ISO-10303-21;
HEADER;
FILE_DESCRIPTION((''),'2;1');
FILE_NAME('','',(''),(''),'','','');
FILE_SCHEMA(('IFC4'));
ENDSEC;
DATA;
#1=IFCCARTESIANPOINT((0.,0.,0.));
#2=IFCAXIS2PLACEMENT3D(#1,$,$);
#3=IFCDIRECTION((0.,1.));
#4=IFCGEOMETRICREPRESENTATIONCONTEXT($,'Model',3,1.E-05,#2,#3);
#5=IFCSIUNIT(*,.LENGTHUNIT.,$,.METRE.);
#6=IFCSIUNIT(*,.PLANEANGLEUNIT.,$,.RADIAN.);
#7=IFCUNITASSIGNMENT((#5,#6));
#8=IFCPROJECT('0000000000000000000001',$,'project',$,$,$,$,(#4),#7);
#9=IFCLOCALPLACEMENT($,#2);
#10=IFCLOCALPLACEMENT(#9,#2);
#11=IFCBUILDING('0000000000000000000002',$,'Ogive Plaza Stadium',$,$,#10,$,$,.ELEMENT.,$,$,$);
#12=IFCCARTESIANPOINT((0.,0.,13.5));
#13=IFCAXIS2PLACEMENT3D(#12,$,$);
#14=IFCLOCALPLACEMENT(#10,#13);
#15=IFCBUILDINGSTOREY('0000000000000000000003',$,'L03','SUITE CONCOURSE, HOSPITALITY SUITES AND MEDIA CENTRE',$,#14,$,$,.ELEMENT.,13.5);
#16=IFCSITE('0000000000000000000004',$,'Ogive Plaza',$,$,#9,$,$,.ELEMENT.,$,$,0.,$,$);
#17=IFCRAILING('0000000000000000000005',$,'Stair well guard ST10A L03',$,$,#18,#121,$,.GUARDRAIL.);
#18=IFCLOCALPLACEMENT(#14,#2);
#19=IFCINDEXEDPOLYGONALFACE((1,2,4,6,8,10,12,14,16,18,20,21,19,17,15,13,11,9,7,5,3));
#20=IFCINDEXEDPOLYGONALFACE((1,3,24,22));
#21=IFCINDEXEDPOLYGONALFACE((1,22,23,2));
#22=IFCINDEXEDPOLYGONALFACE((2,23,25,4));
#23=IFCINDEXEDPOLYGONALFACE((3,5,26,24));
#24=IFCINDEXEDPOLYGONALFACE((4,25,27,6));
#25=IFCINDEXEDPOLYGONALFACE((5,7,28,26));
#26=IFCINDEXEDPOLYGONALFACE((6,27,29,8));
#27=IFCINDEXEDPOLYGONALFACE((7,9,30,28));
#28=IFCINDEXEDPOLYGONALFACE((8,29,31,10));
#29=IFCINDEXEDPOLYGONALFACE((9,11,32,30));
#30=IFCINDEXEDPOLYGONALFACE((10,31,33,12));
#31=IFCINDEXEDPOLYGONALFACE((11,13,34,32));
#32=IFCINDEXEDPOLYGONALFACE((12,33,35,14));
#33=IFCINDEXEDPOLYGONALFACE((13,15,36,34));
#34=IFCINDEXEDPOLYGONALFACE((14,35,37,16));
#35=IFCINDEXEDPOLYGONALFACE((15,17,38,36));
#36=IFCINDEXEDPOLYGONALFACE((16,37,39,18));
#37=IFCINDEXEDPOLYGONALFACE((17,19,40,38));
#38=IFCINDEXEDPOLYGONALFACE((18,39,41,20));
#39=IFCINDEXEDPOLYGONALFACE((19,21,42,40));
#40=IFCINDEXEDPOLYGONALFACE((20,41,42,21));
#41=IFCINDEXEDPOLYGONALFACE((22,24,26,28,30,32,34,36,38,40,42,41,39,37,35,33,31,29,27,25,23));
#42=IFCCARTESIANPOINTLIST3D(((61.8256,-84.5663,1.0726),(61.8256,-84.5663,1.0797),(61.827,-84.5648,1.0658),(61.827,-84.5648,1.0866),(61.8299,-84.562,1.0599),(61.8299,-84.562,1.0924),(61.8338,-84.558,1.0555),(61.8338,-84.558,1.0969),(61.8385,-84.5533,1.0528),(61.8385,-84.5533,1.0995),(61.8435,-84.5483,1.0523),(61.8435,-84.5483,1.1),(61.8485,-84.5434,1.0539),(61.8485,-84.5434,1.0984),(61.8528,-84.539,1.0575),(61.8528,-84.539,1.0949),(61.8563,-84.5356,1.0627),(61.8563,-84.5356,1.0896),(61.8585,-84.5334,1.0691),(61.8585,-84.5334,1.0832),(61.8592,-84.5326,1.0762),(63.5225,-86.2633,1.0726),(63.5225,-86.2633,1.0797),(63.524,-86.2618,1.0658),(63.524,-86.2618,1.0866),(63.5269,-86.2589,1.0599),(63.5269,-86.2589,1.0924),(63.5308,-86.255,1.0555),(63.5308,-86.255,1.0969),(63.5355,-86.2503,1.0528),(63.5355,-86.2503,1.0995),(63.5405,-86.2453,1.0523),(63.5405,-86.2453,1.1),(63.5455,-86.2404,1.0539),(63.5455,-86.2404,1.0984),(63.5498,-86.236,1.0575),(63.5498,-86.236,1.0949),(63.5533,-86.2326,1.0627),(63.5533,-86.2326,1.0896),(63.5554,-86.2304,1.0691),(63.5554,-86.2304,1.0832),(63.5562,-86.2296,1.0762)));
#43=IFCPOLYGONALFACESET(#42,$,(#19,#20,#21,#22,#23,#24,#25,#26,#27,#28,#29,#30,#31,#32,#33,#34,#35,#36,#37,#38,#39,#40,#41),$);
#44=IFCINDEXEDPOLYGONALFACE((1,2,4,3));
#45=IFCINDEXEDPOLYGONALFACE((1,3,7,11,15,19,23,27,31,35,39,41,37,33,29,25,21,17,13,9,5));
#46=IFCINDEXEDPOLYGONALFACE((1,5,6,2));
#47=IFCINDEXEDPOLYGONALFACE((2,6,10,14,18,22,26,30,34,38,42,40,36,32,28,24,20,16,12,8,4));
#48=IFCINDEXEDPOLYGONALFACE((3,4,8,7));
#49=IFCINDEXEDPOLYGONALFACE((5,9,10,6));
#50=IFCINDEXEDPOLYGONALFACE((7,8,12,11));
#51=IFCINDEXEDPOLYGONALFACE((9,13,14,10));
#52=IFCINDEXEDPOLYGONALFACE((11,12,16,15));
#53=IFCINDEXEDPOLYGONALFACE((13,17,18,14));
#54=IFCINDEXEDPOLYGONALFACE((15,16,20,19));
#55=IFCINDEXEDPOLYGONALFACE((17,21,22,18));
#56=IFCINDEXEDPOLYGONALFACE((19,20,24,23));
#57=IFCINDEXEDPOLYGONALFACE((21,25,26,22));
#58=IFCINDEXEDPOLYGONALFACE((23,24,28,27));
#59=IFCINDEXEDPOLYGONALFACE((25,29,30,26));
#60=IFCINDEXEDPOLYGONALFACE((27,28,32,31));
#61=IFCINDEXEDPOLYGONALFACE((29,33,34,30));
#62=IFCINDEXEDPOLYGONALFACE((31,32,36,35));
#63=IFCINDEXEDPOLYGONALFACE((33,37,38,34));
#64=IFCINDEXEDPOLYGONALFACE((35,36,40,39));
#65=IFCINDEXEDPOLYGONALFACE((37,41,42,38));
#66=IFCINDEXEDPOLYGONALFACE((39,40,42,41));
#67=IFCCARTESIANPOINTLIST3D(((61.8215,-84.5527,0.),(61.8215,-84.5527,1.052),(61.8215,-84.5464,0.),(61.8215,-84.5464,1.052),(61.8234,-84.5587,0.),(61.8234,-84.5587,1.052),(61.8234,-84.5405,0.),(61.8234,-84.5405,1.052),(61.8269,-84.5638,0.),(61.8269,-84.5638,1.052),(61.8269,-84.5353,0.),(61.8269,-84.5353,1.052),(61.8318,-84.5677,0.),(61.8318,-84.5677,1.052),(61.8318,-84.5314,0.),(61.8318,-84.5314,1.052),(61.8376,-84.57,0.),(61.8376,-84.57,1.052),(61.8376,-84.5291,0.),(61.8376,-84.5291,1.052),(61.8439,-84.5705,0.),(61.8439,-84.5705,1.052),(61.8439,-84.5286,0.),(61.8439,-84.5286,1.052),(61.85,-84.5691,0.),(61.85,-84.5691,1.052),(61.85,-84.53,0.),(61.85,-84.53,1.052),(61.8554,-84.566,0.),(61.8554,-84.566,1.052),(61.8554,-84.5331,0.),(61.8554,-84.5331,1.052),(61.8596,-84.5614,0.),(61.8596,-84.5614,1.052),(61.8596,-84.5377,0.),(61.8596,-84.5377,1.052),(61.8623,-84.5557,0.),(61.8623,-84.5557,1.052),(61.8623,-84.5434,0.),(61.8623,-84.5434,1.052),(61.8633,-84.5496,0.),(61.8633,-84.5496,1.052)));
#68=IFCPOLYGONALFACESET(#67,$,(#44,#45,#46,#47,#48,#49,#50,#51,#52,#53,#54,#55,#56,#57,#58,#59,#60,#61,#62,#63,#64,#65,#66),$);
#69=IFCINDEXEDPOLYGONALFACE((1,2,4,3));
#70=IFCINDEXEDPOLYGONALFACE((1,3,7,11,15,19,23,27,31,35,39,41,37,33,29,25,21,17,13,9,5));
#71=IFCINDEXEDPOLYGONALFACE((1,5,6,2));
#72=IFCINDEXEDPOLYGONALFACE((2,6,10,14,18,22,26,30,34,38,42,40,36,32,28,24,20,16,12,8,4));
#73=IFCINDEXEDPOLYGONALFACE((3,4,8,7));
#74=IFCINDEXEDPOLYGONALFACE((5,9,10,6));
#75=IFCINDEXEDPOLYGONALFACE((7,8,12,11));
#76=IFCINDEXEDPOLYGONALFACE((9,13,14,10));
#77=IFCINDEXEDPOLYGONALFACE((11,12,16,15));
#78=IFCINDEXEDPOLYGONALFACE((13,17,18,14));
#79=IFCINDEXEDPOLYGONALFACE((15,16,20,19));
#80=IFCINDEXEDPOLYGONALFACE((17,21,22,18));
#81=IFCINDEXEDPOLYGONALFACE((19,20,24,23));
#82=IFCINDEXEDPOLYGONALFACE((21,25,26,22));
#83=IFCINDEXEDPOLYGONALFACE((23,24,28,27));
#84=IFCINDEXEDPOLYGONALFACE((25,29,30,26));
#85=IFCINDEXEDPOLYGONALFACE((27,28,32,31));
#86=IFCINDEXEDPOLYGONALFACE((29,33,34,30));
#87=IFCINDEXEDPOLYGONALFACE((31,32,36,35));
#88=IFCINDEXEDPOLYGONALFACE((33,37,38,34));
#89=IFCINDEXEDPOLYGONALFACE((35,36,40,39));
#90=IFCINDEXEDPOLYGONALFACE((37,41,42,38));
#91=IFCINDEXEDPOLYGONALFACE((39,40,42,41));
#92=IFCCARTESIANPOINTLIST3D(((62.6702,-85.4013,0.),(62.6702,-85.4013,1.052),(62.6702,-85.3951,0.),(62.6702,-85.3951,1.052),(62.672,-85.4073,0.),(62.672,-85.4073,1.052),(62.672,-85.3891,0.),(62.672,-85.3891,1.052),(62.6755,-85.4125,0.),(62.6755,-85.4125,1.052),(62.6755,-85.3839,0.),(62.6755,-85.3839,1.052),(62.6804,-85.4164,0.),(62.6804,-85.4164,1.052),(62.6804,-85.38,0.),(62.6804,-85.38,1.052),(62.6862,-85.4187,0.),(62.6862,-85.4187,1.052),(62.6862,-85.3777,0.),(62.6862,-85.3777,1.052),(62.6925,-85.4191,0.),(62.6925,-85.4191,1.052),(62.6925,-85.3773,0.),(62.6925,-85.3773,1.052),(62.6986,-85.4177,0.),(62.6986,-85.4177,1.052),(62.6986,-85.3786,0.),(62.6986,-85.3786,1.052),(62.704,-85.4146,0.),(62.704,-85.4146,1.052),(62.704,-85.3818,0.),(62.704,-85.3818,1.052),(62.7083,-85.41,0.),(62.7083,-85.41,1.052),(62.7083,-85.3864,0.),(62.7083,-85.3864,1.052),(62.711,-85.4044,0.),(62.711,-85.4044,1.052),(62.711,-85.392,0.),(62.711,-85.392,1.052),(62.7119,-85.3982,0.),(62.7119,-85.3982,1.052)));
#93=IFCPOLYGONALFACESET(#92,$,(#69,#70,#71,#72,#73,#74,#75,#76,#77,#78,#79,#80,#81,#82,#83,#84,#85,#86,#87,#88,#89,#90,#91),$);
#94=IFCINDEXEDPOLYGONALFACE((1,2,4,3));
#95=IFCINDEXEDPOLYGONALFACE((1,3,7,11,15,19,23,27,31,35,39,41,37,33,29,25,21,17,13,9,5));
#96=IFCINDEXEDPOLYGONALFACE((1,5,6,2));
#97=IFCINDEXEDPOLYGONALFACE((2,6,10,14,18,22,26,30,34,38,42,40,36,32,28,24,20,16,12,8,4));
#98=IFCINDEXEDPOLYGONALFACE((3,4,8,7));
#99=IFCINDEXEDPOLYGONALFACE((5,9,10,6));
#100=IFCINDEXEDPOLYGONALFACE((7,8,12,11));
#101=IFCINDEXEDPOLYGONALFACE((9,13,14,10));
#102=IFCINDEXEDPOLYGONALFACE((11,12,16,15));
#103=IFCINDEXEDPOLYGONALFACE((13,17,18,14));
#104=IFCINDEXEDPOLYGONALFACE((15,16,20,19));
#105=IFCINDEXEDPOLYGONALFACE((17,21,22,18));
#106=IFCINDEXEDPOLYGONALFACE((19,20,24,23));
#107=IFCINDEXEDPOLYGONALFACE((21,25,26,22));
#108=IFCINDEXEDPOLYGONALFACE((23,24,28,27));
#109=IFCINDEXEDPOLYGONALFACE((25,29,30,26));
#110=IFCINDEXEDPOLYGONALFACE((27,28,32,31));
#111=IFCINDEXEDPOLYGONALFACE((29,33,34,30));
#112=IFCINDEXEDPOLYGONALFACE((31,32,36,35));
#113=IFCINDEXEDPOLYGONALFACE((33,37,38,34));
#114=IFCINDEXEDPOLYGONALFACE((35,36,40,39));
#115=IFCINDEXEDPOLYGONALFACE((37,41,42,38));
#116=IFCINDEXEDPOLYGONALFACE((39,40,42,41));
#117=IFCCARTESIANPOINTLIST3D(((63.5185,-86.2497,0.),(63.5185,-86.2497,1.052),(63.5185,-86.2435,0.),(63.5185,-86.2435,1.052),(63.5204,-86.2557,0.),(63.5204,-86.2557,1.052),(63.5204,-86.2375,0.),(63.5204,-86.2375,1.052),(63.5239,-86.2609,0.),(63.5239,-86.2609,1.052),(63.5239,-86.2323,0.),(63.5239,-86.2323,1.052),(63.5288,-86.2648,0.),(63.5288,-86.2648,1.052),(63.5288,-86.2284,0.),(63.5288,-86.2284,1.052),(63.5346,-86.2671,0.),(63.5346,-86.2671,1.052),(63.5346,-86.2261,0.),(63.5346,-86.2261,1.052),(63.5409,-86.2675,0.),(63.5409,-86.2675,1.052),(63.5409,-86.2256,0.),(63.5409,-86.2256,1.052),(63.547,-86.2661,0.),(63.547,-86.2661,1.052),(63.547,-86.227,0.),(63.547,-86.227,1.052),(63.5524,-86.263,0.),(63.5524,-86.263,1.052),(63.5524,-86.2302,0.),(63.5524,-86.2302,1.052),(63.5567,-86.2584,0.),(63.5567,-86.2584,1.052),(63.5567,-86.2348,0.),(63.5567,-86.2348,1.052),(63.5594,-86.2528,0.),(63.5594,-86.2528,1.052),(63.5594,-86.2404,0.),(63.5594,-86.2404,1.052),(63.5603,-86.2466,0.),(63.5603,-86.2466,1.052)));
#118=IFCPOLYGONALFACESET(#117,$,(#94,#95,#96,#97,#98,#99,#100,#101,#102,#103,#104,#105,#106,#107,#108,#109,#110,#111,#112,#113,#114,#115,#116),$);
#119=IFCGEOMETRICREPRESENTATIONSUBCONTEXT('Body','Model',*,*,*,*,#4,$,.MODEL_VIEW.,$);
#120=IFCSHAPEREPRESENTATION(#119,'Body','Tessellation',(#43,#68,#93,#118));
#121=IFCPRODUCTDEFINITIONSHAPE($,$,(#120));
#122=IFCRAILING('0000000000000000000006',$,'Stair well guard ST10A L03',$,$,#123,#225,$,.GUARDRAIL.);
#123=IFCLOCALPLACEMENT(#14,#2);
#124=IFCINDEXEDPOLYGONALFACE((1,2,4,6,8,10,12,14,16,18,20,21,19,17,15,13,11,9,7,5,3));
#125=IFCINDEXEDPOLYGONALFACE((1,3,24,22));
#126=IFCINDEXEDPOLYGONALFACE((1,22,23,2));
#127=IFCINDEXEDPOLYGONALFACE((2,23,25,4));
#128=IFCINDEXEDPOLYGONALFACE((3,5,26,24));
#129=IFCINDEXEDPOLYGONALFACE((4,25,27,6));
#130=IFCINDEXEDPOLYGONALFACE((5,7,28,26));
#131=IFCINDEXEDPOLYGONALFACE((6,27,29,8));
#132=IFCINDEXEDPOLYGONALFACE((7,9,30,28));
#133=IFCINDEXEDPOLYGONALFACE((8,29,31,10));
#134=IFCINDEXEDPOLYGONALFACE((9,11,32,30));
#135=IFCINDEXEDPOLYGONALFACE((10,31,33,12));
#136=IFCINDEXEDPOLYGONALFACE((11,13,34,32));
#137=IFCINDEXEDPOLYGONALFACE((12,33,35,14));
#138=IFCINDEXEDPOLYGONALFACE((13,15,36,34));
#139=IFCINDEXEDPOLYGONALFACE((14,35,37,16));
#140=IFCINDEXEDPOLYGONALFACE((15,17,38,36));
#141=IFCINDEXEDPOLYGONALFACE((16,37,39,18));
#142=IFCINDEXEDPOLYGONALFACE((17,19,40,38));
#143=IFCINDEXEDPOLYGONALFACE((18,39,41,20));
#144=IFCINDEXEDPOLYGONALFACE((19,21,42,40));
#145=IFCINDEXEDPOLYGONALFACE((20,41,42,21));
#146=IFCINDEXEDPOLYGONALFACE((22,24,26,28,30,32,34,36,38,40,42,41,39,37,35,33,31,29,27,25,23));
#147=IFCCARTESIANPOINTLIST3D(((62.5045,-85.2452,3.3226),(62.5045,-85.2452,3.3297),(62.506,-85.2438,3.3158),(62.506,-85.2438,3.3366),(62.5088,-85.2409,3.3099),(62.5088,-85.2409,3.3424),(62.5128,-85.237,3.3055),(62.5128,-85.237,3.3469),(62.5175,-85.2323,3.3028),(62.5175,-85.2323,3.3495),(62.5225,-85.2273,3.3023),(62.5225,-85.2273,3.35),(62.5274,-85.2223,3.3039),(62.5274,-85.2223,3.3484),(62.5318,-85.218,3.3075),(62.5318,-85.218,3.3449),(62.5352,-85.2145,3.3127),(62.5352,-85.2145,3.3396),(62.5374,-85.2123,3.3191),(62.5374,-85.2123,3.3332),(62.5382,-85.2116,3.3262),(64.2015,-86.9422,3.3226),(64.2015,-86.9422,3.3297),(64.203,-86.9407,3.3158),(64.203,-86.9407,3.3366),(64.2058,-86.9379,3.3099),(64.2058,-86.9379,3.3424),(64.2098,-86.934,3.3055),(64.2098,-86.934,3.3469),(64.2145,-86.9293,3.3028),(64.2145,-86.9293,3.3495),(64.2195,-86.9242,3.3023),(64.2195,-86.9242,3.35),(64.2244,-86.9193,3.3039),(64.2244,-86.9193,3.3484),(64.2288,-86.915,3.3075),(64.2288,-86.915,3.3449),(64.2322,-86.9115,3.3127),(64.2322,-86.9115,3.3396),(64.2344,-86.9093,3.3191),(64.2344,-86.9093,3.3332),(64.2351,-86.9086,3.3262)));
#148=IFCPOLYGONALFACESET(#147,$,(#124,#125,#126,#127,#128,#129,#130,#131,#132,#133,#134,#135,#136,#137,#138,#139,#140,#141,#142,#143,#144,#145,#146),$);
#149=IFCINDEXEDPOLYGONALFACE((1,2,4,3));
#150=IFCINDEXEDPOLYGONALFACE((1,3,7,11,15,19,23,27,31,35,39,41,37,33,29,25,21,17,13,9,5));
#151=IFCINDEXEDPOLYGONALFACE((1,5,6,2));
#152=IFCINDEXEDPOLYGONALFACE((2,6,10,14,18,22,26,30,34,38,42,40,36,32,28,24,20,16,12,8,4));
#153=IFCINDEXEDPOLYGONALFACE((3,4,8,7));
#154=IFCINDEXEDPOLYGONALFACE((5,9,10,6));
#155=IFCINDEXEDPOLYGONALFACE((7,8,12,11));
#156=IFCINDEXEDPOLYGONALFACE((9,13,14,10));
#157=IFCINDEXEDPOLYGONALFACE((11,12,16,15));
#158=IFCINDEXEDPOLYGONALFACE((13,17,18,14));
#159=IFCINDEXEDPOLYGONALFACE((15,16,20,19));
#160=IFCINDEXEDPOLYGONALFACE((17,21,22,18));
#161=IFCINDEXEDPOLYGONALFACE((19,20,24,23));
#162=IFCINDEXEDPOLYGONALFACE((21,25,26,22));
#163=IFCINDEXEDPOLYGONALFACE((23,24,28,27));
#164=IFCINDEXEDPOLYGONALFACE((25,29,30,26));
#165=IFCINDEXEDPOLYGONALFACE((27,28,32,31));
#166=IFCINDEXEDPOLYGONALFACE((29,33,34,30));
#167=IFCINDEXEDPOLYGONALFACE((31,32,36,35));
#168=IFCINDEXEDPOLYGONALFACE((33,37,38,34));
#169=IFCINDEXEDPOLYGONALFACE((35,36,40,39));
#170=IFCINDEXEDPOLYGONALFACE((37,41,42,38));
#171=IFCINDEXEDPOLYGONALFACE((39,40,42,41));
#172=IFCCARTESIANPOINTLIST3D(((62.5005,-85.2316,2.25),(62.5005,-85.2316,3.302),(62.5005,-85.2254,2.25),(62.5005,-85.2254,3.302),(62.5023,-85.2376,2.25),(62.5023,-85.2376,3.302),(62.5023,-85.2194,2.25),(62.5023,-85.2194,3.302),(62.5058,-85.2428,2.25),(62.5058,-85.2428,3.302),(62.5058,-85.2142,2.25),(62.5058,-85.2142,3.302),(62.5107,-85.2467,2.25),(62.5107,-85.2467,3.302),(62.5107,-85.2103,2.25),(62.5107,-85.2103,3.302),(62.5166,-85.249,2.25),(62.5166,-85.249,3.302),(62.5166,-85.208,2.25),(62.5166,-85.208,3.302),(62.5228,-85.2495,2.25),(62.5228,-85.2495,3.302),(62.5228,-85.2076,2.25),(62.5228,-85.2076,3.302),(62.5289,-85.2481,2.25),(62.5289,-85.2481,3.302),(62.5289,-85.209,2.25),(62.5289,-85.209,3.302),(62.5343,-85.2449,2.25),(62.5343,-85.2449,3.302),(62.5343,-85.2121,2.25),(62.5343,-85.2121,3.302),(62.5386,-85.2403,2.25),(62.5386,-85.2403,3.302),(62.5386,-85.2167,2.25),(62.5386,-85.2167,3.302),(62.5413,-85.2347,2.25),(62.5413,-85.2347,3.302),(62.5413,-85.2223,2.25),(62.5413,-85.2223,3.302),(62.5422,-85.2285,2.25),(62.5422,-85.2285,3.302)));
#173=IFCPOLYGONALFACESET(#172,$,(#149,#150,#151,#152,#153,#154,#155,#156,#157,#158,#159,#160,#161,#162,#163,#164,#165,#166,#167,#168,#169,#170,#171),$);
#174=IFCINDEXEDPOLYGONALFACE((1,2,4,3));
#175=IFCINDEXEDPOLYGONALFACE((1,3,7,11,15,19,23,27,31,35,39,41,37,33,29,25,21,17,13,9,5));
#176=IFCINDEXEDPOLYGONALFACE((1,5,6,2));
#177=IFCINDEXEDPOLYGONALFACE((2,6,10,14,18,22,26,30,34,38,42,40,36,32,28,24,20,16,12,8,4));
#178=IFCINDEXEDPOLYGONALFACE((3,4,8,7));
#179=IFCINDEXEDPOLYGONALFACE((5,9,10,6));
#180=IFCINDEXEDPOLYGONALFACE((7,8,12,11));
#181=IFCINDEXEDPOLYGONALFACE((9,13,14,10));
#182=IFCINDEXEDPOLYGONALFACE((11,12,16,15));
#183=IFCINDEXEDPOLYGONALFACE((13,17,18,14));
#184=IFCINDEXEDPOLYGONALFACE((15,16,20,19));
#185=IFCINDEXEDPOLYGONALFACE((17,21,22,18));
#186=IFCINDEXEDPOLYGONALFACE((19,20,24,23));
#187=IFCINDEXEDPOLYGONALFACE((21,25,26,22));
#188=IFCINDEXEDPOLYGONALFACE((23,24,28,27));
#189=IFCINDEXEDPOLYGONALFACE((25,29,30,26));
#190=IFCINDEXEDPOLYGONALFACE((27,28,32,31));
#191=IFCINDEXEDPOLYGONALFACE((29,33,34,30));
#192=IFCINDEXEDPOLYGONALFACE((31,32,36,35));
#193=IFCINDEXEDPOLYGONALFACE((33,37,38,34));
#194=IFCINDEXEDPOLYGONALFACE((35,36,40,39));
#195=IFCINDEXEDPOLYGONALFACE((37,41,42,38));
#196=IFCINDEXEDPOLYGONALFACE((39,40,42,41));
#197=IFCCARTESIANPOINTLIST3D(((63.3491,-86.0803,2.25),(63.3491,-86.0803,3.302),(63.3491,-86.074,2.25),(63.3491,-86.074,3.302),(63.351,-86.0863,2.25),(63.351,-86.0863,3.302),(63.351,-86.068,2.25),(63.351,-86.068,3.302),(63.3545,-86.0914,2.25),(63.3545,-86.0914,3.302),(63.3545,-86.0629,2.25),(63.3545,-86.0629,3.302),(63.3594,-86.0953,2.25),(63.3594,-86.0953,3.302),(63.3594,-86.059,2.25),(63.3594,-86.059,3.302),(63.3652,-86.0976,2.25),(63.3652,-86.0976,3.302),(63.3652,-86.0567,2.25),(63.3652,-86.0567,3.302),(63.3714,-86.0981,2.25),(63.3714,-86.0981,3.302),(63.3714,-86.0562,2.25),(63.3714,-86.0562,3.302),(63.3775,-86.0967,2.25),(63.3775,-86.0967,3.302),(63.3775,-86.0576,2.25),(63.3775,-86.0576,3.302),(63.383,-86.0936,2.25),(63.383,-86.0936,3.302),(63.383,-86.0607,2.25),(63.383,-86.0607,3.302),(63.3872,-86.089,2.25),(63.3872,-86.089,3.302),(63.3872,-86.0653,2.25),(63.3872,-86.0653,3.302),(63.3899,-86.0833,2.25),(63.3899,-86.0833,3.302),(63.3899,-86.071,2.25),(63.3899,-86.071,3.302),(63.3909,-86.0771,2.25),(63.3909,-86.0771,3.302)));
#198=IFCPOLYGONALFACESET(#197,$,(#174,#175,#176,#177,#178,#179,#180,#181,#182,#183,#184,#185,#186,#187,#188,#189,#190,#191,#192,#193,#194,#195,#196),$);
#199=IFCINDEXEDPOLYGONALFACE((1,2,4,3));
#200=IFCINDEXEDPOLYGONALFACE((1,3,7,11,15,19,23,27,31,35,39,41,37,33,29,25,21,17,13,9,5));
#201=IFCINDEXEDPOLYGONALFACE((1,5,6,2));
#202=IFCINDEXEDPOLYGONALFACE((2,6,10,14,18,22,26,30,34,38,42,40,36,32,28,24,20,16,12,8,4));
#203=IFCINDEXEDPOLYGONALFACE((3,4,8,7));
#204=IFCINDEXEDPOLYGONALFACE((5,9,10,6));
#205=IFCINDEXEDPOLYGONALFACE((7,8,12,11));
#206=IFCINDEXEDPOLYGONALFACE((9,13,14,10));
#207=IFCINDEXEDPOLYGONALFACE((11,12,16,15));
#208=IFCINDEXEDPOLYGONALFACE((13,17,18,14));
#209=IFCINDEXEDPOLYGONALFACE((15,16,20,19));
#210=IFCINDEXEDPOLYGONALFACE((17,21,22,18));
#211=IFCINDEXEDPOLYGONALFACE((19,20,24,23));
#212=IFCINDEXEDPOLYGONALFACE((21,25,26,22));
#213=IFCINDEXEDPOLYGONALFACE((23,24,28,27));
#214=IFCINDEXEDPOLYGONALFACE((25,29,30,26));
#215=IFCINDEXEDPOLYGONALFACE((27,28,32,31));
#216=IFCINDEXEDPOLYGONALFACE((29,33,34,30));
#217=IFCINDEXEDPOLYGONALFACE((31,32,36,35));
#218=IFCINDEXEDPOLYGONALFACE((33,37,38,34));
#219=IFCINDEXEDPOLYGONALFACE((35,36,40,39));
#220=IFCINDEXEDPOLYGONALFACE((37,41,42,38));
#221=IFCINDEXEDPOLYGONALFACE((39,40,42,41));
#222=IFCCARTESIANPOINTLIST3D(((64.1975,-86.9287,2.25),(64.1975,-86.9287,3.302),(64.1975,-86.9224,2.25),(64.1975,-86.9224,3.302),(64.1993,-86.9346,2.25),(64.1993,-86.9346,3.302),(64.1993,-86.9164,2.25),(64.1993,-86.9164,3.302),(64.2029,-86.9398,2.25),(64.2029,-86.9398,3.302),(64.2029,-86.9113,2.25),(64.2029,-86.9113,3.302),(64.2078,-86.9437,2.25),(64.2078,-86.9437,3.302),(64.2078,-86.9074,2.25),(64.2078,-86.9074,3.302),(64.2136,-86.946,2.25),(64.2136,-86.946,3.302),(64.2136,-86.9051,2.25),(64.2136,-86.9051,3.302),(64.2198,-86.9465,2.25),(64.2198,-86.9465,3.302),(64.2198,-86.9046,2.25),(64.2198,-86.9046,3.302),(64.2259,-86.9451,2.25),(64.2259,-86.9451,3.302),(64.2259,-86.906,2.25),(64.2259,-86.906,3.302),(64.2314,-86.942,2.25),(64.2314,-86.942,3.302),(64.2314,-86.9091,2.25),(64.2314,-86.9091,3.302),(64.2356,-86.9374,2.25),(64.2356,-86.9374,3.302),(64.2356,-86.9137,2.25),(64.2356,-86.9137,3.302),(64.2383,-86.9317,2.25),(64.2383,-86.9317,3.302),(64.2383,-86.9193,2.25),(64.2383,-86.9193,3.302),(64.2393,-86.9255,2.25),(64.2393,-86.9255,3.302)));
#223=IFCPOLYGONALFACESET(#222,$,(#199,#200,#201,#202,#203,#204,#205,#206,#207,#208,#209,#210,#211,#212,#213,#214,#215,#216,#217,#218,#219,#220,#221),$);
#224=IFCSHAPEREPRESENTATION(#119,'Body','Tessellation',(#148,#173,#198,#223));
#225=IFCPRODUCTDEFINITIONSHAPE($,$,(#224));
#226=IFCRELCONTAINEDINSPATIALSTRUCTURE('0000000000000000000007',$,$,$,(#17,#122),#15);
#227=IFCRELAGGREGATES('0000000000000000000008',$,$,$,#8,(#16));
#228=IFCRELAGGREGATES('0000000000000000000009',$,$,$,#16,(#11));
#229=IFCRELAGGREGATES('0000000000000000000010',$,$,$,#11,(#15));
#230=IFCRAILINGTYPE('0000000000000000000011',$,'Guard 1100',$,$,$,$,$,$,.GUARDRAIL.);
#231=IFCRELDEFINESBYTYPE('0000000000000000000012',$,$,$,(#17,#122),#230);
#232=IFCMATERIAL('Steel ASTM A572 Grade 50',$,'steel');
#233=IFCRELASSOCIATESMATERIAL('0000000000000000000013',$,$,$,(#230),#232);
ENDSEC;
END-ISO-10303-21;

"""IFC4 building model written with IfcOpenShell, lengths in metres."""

from ifc_helpers import new_model, si_unit, direction, frame, origin, origin_2d, place, context, subcontext, project, spatial, circle, extrude, material, type_object, element, save


model = new_model("IFC4")

# Units and contexts
model_context = context("Model", 3, precision=1e-05, world=origin(), true_north=direction((0.0, 1.0)))
body_context = subcontext(model_context, "Body", "Model", "MODEL_VIEW")
ifc_project = project(units=[si_unit("LENGTHUNIT", "METRE"), si_unit("PLANEANGLEUNIT", "RADIAN")], contexts=[model_context])

# Site, building, storey
site_placement = place(None, origin())
site = spatial("IfcSite", under=ifc_project, at=site_placement, Name="Ogive Plaza", CompositionType="ELEMENT", RefElevation=0.0)
building_placement = place(site_placement, origin())
building = spatial("IfcBuilding", under=site, at=building_placement, Name="Ogive Plaza Stadium", CompositionType="ELEMENT")
storey_placement = place(building_placement, frame((0.0, 0.0, 13.5)))
storey = spatial("IfcBuildingStorey", under=building, at=storey_placement, Name="L03", Description="SUITE CONCOURSE, HOSPITALITY SUITES AND MEDIA CENTRE", CompositionType="ELEMENT", Elevation=13.5)

# Railings
ifc_material_1 = material(Name="Steel ASTM A572 Grade 50", Category="steel")
railing_type_1 = type_object("IfcRailingType", Name="Guard 1100", PredefinedType="GUARDRAIL", material=ifc_material_1)
for number, where, name in (
    (1, (61.8423, -84.5496, 0.0), "Stair well guard ST10A L03"),
    (2, (62.5212, -85.2285, 2.25), "Stair well guard ST10A L03"),
):
    element("IfcRailing", number, at=place(storey_placement, frame(where)), inside=storey, type_object=railing_type_1, Name=name, PredefinedType="GUARDRAIL", context=body_context, shape_type="SweptSolid", body=[
        extrude(circle(Radius=0.0239, at=origin_2d()), frame((0.0, 0.0, 1.0762), z_axis=(0.707107, -0.707107, 0.0), x_axis=(0.707107, 0.707107, 0.0)), (0.0, 0.0, 1.0), 2.3999),
        extrude(circle(Radius=0.021, at=origin_2d()), origin(), (0.0, 0.0, 1.0), 1.052),
        extrude(circle(Radius=0.021, at=origin_2d()), frame((0.8486, -0.8486, 0.0)), (0.0, 0.0, 1.0), 1.052),
        extrude(circle(Radius=0.021, at=origin_2d()), frame((1.697, -1.697, 0.0)), (0.0, 0.0, 1.0), 1.052),
    ])

save(model, "model.ifc")
